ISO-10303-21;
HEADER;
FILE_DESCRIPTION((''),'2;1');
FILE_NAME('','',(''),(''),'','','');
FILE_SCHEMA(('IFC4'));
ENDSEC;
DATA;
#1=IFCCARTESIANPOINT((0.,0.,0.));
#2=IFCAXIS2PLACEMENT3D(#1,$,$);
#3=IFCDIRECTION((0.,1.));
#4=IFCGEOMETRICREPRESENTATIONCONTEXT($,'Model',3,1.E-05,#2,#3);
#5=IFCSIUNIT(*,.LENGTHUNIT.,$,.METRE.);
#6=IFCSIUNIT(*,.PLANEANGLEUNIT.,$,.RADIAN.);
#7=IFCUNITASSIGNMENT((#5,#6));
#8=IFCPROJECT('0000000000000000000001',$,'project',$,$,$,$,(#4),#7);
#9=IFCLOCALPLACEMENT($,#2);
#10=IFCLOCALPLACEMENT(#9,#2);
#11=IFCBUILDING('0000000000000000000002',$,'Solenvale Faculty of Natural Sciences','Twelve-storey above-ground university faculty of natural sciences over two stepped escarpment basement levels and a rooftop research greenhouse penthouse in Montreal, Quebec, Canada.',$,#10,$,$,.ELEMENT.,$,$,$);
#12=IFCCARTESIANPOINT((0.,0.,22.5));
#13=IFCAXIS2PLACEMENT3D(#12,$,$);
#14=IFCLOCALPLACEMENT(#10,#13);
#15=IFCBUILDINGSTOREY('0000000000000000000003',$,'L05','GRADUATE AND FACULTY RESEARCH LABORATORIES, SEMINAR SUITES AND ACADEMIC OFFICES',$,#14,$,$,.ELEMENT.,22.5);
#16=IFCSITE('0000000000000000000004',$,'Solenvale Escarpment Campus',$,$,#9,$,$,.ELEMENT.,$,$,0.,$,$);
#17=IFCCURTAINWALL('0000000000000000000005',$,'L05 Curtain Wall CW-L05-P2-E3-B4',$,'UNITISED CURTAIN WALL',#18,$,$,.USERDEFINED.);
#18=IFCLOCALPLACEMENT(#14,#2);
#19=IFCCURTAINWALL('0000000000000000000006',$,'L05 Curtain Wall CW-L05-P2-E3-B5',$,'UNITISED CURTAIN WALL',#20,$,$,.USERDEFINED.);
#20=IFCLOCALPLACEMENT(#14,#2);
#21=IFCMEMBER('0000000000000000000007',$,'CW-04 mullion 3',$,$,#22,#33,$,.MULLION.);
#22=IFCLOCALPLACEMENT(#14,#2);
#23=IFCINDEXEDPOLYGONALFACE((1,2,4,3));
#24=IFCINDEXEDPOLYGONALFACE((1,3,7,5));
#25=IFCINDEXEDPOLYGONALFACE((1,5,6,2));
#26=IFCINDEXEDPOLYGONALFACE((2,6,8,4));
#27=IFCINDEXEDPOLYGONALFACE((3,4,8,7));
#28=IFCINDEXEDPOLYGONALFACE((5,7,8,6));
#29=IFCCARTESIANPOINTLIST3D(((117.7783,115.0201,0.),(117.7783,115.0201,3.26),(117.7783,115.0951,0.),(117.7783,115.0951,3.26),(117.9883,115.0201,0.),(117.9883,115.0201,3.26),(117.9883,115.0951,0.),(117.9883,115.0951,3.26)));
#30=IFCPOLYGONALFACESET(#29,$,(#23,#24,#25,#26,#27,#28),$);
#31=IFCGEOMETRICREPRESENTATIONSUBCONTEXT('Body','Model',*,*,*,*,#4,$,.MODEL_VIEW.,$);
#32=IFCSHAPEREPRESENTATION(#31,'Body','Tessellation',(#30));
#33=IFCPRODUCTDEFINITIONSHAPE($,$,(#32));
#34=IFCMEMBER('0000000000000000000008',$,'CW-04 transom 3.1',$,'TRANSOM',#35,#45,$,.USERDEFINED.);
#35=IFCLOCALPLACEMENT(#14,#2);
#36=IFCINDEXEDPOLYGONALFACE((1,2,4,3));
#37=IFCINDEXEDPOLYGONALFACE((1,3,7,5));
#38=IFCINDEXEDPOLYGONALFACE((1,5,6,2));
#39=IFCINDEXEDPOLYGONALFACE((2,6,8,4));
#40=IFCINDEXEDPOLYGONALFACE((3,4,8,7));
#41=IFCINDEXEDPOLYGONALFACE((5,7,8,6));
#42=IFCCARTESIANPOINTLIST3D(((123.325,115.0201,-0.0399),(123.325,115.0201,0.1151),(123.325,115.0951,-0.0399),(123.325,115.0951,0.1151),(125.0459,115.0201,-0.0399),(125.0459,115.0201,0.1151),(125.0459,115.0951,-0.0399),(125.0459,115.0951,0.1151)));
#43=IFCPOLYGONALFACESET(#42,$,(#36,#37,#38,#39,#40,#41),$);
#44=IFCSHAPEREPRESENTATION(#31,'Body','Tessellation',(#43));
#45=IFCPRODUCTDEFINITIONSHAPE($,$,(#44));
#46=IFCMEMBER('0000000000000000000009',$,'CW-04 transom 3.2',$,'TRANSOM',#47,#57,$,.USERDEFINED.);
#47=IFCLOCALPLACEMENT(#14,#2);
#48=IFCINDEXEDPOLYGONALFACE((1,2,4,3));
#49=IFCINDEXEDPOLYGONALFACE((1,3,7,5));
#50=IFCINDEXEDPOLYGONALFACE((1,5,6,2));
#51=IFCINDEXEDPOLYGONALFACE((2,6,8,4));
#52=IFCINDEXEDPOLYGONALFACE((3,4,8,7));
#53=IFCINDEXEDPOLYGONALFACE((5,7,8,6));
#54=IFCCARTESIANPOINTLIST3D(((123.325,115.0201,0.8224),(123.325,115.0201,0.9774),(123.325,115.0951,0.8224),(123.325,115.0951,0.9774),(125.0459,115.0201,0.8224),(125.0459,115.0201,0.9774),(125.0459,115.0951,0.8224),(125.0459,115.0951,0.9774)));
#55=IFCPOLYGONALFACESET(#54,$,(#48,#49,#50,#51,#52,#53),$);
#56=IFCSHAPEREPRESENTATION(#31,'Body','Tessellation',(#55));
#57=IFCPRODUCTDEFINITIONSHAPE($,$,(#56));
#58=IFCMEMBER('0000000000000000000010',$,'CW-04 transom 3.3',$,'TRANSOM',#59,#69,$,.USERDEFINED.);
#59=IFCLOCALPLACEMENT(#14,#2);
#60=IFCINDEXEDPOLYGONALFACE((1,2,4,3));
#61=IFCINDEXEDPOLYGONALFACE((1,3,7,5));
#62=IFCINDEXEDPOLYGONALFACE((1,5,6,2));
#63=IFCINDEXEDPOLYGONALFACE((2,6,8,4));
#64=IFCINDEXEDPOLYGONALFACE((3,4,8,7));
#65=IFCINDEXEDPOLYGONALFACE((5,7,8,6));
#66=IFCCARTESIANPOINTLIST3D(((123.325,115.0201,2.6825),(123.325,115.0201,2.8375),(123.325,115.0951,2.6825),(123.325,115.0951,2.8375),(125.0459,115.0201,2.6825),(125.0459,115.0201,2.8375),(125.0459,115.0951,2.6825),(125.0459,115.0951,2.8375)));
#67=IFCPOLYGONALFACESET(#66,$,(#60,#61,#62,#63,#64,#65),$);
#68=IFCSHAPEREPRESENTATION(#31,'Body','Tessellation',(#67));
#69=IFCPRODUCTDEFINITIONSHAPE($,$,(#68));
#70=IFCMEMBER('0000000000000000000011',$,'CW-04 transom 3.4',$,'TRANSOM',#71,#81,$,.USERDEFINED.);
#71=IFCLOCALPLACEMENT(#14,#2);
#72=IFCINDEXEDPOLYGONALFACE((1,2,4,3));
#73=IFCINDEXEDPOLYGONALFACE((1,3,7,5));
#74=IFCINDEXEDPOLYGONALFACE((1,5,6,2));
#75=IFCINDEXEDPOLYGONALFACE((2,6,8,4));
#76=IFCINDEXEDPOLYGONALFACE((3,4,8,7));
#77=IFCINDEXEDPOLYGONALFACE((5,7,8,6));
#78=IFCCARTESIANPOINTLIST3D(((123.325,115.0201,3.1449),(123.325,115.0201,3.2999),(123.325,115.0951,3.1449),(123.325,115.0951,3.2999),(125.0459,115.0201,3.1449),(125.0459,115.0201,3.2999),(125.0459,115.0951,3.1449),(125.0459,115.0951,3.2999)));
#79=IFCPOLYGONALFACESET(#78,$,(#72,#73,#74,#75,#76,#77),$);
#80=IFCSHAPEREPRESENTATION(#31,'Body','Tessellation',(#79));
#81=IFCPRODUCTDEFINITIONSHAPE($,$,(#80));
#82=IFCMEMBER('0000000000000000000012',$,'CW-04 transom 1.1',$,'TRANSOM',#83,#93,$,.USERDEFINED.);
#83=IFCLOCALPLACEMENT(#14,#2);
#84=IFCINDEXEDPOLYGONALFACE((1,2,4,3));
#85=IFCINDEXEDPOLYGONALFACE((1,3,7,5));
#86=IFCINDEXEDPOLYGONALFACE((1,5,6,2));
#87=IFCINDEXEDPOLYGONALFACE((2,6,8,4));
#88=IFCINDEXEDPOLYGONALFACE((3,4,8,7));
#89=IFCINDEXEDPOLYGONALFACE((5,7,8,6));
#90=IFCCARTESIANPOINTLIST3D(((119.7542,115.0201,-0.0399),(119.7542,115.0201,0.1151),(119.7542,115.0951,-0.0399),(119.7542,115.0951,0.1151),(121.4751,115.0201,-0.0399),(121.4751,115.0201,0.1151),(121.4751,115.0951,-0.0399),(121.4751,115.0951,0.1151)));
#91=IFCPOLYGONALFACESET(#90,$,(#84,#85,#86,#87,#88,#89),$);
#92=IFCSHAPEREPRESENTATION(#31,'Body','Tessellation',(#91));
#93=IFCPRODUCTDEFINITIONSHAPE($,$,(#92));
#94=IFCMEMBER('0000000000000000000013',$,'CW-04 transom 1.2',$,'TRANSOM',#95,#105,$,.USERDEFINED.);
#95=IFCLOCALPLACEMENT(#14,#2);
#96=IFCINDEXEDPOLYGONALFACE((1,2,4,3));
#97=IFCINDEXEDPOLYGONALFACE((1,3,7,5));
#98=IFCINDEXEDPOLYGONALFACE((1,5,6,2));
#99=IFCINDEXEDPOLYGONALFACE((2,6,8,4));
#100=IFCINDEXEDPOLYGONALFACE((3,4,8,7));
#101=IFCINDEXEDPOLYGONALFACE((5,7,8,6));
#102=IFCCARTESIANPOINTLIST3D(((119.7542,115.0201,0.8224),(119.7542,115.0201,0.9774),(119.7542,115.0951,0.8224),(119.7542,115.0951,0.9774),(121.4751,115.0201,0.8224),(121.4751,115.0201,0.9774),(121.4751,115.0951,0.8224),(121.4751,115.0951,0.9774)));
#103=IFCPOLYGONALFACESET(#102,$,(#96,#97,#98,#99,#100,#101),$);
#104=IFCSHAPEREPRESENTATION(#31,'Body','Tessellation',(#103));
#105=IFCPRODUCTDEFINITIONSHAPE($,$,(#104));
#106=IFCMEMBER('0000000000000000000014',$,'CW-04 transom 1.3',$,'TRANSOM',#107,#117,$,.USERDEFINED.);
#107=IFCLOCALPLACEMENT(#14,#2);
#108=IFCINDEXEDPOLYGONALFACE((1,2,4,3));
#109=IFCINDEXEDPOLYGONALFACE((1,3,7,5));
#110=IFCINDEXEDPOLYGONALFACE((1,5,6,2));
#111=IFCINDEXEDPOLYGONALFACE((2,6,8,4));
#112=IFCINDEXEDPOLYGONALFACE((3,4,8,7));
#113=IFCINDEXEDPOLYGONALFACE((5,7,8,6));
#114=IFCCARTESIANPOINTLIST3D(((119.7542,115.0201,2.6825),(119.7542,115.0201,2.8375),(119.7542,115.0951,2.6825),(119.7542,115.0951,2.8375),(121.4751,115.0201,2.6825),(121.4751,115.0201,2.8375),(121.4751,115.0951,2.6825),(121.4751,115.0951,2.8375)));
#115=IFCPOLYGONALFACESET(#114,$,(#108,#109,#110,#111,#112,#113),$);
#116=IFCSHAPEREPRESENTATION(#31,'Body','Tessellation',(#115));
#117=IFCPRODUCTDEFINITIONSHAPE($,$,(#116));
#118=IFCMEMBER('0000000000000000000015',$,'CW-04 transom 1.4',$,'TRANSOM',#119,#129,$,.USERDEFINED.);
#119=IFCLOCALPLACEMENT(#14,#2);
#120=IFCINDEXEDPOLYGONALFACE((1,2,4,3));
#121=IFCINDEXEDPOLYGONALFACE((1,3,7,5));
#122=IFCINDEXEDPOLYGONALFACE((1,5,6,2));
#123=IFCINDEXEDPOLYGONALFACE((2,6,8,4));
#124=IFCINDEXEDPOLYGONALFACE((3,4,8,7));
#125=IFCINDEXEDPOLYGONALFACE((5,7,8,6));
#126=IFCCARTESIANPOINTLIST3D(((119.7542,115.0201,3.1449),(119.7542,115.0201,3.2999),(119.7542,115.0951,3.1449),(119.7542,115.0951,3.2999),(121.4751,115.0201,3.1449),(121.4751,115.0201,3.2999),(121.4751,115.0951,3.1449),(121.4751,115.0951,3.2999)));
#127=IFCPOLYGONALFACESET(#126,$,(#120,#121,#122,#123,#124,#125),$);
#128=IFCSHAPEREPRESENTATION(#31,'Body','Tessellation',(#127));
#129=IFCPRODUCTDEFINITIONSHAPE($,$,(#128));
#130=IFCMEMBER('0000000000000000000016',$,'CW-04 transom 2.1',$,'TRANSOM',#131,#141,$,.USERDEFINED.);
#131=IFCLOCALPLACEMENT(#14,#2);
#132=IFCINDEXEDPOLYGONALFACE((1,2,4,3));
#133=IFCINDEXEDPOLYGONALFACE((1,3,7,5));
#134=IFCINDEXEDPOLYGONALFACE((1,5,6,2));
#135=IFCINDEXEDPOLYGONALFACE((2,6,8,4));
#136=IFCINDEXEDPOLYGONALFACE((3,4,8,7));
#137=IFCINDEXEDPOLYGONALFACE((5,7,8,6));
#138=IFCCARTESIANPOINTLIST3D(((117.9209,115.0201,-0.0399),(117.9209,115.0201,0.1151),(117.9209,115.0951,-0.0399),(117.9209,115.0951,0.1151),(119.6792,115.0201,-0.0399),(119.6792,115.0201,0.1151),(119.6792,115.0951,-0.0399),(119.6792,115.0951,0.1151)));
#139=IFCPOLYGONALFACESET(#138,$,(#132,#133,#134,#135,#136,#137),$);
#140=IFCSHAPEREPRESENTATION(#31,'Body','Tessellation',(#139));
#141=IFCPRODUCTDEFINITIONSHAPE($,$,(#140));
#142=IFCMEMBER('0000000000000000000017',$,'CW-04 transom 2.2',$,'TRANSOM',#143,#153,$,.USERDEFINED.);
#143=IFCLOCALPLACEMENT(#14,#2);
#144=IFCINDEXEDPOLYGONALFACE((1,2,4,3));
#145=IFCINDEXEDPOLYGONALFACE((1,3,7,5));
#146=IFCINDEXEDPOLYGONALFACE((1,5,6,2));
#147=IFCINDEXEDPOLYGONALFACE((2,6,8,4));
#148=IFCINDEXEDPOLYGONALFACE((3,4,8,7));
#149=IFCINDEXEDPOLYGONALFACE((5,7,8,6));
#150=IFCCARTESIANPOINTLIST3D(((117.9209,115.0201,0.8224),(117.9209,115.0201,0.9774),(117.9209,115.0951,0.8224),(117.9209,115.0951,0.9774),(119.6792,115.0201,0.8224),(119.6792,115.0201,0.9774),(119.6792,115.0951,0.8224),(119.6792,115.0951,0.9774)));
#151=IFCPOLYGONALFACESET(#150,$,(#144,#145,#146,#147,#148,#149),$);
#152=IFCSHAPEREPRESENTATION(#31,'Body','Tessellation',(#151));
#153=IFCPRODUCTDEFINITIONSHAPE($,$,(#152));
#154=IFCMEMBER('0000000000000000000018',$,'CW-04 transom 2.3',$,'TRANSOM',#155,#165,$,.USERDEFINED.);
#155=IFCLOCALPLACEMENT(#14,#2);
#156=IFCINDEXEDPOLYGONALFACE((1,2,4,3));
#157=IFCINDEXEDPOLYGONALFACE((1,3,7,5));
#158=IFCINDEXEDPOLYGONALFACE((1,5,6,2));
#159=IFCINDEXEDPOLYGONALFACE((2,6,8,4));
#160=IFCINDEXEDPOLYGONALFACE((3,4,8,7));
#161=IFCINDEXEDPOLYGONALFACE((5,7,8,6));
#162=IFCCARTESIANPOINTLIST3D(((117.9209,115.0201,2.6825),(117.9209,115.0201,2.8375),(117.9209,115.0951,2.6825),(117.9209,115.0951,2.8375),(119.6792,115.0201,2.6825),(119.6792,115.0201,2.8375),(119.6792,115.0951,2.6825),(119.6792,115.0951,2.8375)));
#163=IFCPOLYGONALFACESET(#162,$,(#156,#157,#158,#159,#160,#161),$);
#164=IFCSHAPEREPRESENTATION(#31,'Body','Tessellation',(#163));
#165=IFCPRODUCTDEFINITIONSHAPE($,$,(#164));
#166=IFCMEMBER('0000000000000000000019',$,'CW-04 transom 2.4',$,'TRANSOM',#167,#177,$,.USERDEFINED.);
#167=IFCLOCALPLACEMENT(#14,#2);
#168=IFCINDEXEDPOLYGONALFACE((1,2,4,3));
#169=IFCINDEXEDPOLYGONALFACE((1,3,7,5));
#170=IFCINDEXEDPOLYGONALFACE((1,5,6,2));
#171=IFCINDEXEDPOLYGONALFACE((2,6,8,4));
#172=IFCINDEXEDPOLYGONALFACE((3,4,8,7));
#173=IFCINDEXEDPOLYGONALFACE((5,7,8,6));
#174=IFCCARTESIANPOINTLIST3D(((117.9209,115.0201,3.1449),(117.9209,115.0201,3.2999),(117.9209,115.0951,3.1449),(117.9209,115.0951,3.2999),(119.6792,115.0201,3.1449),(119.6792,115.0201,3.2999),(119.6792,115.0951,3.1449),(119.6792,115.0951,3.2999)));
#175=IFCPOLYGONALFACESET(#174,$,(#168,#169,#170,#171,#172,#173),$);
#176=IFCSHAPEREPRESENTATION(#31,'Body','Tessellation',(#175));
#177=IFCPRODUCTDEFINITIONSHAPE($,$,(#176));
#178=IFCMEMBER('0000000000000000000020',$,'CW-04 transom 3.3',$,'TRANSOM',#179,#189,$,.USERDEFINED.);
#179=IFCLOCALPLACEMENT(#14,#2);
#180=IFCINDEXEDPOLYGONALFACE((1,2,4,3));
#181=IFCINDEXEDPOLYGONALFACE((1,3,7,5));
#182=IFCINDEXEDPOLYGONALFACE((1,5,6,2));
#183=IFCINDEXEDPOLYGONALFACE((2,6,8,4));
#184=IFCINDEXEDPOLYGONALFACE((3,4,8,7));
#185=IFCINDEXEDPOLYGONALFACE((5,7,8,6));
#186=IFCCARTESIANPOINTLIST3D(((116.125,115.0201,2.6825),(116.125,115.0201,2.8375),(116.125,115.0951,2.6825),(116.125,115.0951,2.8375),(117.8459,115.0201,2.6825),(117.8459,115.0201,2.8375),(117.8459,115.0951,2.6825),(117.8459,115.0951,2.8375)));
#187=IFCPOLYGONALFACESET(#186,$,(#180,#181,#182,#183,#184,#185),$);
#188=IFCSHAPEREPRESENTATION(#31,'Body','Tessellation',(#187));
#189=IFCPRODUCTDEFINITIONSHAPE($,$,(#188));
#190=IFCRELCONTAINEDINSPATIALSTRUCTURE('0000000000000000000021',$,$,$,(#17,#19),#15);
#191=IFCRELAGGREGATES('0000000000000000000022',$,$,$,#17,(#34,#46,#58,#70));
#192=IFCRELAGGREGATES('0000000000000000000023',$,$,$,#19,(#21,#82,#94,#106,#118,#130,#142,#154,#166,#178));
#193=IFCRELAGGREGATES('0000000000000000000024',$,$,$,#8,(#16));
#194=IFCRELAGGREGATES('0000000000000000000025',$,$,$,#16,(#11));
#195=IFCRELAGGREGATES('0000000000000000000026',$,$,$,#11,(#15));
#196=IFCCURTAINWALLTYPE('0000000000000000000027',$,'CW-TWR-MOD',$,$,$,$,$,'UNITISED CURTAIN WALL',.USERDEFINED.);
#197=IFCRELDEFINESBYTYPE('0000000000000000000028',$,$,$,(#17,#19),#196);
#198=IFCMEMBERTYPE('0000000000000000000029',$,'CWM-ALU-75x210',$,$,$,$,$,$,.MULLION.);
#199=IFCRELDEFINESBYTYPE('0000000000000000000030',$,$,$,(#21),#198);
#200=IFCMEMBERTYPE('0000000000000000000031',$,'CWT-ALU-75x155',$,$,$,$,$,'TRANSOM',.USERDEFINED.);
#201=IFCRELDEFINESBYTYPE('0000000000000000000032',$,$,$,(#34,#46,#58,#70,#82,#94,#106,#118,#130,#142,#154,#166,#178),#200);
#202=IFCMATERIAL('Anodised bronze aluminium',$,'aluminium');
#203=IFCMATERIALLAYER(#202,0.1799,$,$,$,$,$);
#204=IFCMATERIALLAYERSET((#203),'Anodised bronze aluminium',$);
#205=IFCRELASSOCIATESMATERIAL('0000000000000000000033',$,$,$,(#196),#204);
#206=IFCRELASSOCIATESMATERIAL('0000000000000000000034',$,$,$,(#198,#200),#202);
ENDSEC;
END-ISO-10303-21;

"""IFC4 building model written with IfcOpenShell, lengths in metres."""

from ifc_helpers import new_model, si_unit, direction, frame, origin, origin_2d, place, context, subcontext, project, spatial, rectangle, extrude, material, layer, layer_set, material_profile, profile_set, type_object, element, aggregate, save


model = new_model("IFC4")

# Units and contexts
model_context = context("Model", 3, precision=1e-05, world=origin(), true_north=direction((0.0, 1.0)))
body_context = subcontext(model_context, "Body", "Model", "MODEL_VIEW")
ifc_project = project(units=[si_unit("LENGTHUNIT", "METRE"), si_unit("PLANEANGLEUNIT", "RADIAN")], contexts=[model_context])

# Site, building, storey
site_placement = place(None, origin())
site = spatial("IfcSite", under=ifc_project, at=site_placement, Name="Solenvale Escarpment Campus", CompositionType="ELEMENT", RefElevation=0.0)
building_placement = place(site_placement, origin())
building = spatial("IfcBuilding", under=site, at=building_placement, Name="Solenvale Faculty of Natural Sciences", Description="Twelve-storey above-ground university faculty of natural sciences over two stepped escarpment basement levels and a rooftop research greenhouse penthouse in Montreal, Quebec, Canada.", CompositionType="ELEMENT")
storey_placement = place(building_placement, frame((0.0, 0.0, 22.5)))
storey = spatial("IfcBuildingStorey", under=building, at=storey_placement, Name="L05", Description="GRADUATE AND FACULTY RESEARCH LABORATORIES, SEMINAR SUITES AND ACADEMIC OFFICES", CompositionType="ELEMENT", Elevation=22.5)

# Curtain walls, member
ifc_material_1 = material(Name="Anodised bronze aluminium", Category="aluminium")
ifc_layer_1 = layer(ifc_material_1, 0.1799)
ifc_layer_set_1 = layer_set([ifc_layer_1], Name="Anodised bronze aluminium")
curtain_wall_type = type_object("IfcCurtainWallType", Name="CW-TWR-MOD", ElementType="UNITISED CURTAIN WALL", PredefinedType="USERDEFINED", material=ifc_layer_set_1)
curtain_wall_1_placement = place(storey_placement, origin())
curtain_wall_1 = element("IfcCurtainWall", 1, at=curtain_wall_1_placement, inside=storey, type_object=curtain_wall_type, Name="L05 Curtain Wall CW-L05-P2-E3-B4", ObjectType="UNITISED CURTAIN WALL", PredefinedType="USERDEFINED")
ifc_material_profile_1 = material_profile(ifc_material_1, rectangle(XDim=0.075, YDim=0.21, at=origin_2d()), Name="ALU-MUL-75x210")
ifc_profile_set_1 = profile_set([ifc_material_profile_1], Name="Anodised bronze aluminium")
member_type_1 = type_object("IfcMemberType", Name="CWM-ALU-75x210", PredefinedType="MULLION", material=ifc_profile_set_1)
curtain_wall_2_placement = place(storey_placement, origin())
curtain_wall_2 = element("IfcCurtainWall", 2, at=curtain_wall_2_placement, inside=storey, type_object=curtain_wall_type, Name="L05 Curtain Wall CW-L05-P2-E3-B5", ObjectType="UNITISED CURTAIN WALL", PredefinedType="USERDEFINED")
member_1_placement = place(storey_placement, frame((117.8833, 115.0576, 0.0), z_axis=(0.0, 0.0, 1.0), x_axis=(0.0, -1.0, 0.0)))
member_1 = element("IfcMember", 3, at=member_1_placement, type_object=member_type_1, Name="CW-04 mullion 3", PredefinedType="MULLION", context=body_context, shape_type="SweptSolid", body=[
    extrude(rectangle(XDim=0.075, YDim=0.21, at=origin_2d()), origin(), (0.0, 0.0, 1.0), 3.26),
])

# Members
ifc_material_profile_2 = material_profile(ifc_material_1, rectangle(XDim=0.075, YDim=0.155, at=origin_2d()), Name="ALU-TRN-75x155")
ifc_profile_set_2 = profile_set([ifc_material_profile_2], Name="Anodised bronze aluminium")
member_type_2 = type_object("IfcMemberType", Name="CWT-ALU-75x155", ElementType="TRANSOM", PredefinedType="USERDEFINED", material=ifc_profile_set_2)
member_2_placement = place(storey_placement, frame((125.0459, 115.0576, 0.0376), z_axis=(-1.0, 0.0, 0.0), x_axis=(0.0, -1.0, 0.0)))
member_2 = element("IfcMember", 4, at=member_2_placement, type_object=member_type_2, Name="CW-04 transom 3.1", ObjectType="TRANSOM", PredefinedType="USERDEFINED", context=body_context, shape_type="SweptSolid", body=[
    extrude(rectangle(XDim=0.075, YDim=0.155, at=origin_2d()), origin(), (0.0, 0.0, 1.0), 1.7209),
])
member_3_placement = place(storey_placement, frame((125.0459, 115.0576, 0.8999), z_axis=(-1.0, 0.0, 0.0), x_axis=(0.0, -1.0, 0.0)))
member_3 = element("IfcMember", 5, at=member_3_placement, type_object=member_type_2, Name="CW-04 transom 3.2", ObjectType="TRANSOM", PredefinedType="USERDEFINED", context=body_context, shape_type="SweptSolid", body=[
    extrude(rectangle(XDim=0.075, YDim=0.155, at=origin_2d()), origin(), (0.0, 0.0, 1.0), 1.7209),
])
member_4_placement = place(storey_placement, frame((125.0459, 115.0576, 2.76), z_axis=(-1.0, 0.0, 0.0), x_axis=(0.0, -1.0, 0.0)))
member_4 = element("IfcMember", 6, at=member_4_placement, type_object=member_type_2, Name="CW-04 transom 3.3", ObjectType="TRANSOM", PredefinedType="USERDEFINED", context=body_context, shape_type="SweptSolid", body=[
    extrude(rectangle(XDim=0.075, YDim=0.155, at=origin_2d()), origin(), (0.0, 0.0, 1.0), 1.7209),
])
member_5_placement = place(storey_placement, frame((125.0459, 115.0576, 3.2224), z_axis=(-1.0, 0.0, 0.0), x_axis=(0.0, -1.0, 0.0)))
member_5 = element("IfcMember", 7, at=member_5_placement, type_object=member_type_2, Name="CW-04 transom 3.4", ObjectType="TRANSOM", PredefinedType="USERDEFINED", context=body_context, shape_type="SweptSolid", body=[
    extrude(rectangle(XDim=0.075, YDim=0.155, at=origin_2d()), origin(), (0.0, 0.0, 1.0), 1.7209),
])
member_6_placement = place(storey_placement, frame((121.4751, 115.0576, 0.0376), z_axis=(-1.0, 0.0, 0.0), x_axis=(0.0, -1.0, 0.0)))
member_6 = element("IfcMember", 8, at=member_6_placement, type_object=member_type_2, Name="CW-04 transom 1.1", ObjectType="TRANSOM", PredefinedType="USERDEFINED", context=body_context, shape_type="SweptSolid", body=[
    extrude(rectangle(XDim=0.075, YDim=0.155, at=origin_2d()), origin(), (0.0, 0.0, 1.0), 1.7209),
])
member_7_placement = place(storey_placement, frame((121.4751, 115.0576, 0.8999), z_axis=(-1.0, 0.0, 0.0), x_axis=(0.0, -1.0, 0.0)))
member_7 = element("IfcMember", 9, at=member_7_placement, type_object=member_type_2, Name="CW-04 transom 1.2", ObjectType="TRANSOM", PredefinedType="USERDEFINED", context=body_context, shape_type="SweptSolid", body=[
    extrude(rectangle(XDim=0.075, YDim=0.155, at=origin_2d()), origin(), (0.0, 0.0, 1.0), 1.7209),
])
member_8_placement = place(storey_placement, frame((121.4751, 115.0576, 2.76), z_axis=(-1.0, 0.0, 0.0), x_axis=(0.0, -1.0, 0.0)))
member_8 = element("IfcMember", 10, at=member_8_placement, type_object=member_type_2, Name="CW-04 transom 1.3", ObjectType="TRANSOM", PredefinedType="USERDEFINED", context=body_context, shape_type="SweptSolid", body=[
    extrude(rectangle(XDim=0.075, YDim=0.155, at=origin_2d()), origin(), (0.0, 0.0, 1.0), 1.7209),
])
member_9_placement = place(storey_placement, frame((121.4751, 115.0576, 3.2224), z_axis=(-1.0, 0.0, 0.0), x_axis=(0.0, -1.0, 0.0)))
member_9 = element("IfcMember", 11, at=member_9_placement, type_object=member_type_2, Name="CW-04 transom 1.4", ObjectType="TRANSOM", PredefinedType="USERDEFINED", context=body_context, shape_type="SweptSolid", body=[
    extrude(rectangle(XDim=0.075, YDim=0.155, at=origin_2d()), origin(), (0.0, 0.0, 1.0), 1.7209),
])
member_10_placement = place(storey_placement, frame((119.6792, 115.0576, 0.0376), z_axis=(-1.0, 0.0, 0.0), x_axis=(0.0, -1.0, 0.0)))
member_10 = element("IfcMember", 12, at=member_10_placement, type_object=member_type_2, Name="CW-04 transom 2.1", ObjectType="TRANSOM", PredefinedType="USERDEFINED", context=body_context, shape_type="SweptSolid", body=[
    extrude(rectangle(XDim=0.075, YDim=0.155, at=origin_2d()), origin(), (0.0, 0.0, 1.0), 1.7583),
])
member_11_placement = place(storey_placement, frame((119.6792, 115.0576, 0.8999), z_axis=(-1.0, 0.0, 0.0), x_axis=(0.0, -1.0, 0.0)))
member_11 = element("IfcMember", 13, at=member_11_placement, type_object=member_type_2, Name="CW-04 transom 2.2", ObjectType="TRANSOM", PredefinedType="USERDEFINED", context=body_context, shape_type="SweptSolid", body=[
    extrude(rectangle(XDim=0.075, YDim=0.155, at=origin_2d()), origin(), (0.0, 0.0, 1.0), 1.7583),
])
member_12_placement = place(storey_placement, frame((119.6792, 115.0576, 2.76), z_axis=(-1.0, 0.0, 0.0), x_axis=(0.0, -1.0, 0.0)))
member_12 = element("IfcMember", 14, at=member_12_placement, type_object=member_type_2, Name="CW-04 transom 2.3", ObjectType="TRANSOM", PredefinedType="USERDEFINED", context=body_context, shape_type="SweptSolid", body=[
    extrude(rectangle(XDim=0.075, YDim=0.155, at=origin_2d()), origin(), (0.0, 0.0, 1.0), 1.7583),
])
member_13_placement = place(storey_placement, frame((119.6792, 115.0576, 3.2224), z_axis=(-1.0, 0.0, 0.0), x_axis=(0.0, -1.0, 0.0)))
member_13 = element("IfcMember", 15, at=member_13_placement, type_object=member_type_2, Name="CW-04 transom 2.4", ObjectType="TRANSOM", PredefinedType="USERDEFINED", context=body_context, shape_type="SweptSolid", body=[
    extrude(rectangle(XDim=0.075, YDim=0.155, at=origin_2d()), origin(), (0.0, 0.0, 1.0), 1.7583),
])
member_14_placement = place(storey_placement, frame((117.8459, 115.0576, 2.76), z_axis=(-1.0, 0.0, 0.0), x_axis=(0.0, -1.0, 0.0)))
member_14 = element("IfcMember", 16, at=member_14_placement, type_object=member_type_2, Name="CW-04 transom 3.3", ObjectType="TRANSOM", PredefinedType="USERDEFINED", context=body_context, shape_type="SweptSolid", body=[
    extrude(rectangle(XDim=0.075, YDim=0.155, at=origin_2d()), origin(), (0.0, 0.0, 1.0), 1.7209),
])

aggregate(curtain_wall_1, [member_2, member_3, member_4, member_5])
aggregate(curtain_wall_2, [member_1, member_6, member_7, member_8, member_9, member_10, member_11, member_12, member_13, member_14])

save(model, "model.ifc")
